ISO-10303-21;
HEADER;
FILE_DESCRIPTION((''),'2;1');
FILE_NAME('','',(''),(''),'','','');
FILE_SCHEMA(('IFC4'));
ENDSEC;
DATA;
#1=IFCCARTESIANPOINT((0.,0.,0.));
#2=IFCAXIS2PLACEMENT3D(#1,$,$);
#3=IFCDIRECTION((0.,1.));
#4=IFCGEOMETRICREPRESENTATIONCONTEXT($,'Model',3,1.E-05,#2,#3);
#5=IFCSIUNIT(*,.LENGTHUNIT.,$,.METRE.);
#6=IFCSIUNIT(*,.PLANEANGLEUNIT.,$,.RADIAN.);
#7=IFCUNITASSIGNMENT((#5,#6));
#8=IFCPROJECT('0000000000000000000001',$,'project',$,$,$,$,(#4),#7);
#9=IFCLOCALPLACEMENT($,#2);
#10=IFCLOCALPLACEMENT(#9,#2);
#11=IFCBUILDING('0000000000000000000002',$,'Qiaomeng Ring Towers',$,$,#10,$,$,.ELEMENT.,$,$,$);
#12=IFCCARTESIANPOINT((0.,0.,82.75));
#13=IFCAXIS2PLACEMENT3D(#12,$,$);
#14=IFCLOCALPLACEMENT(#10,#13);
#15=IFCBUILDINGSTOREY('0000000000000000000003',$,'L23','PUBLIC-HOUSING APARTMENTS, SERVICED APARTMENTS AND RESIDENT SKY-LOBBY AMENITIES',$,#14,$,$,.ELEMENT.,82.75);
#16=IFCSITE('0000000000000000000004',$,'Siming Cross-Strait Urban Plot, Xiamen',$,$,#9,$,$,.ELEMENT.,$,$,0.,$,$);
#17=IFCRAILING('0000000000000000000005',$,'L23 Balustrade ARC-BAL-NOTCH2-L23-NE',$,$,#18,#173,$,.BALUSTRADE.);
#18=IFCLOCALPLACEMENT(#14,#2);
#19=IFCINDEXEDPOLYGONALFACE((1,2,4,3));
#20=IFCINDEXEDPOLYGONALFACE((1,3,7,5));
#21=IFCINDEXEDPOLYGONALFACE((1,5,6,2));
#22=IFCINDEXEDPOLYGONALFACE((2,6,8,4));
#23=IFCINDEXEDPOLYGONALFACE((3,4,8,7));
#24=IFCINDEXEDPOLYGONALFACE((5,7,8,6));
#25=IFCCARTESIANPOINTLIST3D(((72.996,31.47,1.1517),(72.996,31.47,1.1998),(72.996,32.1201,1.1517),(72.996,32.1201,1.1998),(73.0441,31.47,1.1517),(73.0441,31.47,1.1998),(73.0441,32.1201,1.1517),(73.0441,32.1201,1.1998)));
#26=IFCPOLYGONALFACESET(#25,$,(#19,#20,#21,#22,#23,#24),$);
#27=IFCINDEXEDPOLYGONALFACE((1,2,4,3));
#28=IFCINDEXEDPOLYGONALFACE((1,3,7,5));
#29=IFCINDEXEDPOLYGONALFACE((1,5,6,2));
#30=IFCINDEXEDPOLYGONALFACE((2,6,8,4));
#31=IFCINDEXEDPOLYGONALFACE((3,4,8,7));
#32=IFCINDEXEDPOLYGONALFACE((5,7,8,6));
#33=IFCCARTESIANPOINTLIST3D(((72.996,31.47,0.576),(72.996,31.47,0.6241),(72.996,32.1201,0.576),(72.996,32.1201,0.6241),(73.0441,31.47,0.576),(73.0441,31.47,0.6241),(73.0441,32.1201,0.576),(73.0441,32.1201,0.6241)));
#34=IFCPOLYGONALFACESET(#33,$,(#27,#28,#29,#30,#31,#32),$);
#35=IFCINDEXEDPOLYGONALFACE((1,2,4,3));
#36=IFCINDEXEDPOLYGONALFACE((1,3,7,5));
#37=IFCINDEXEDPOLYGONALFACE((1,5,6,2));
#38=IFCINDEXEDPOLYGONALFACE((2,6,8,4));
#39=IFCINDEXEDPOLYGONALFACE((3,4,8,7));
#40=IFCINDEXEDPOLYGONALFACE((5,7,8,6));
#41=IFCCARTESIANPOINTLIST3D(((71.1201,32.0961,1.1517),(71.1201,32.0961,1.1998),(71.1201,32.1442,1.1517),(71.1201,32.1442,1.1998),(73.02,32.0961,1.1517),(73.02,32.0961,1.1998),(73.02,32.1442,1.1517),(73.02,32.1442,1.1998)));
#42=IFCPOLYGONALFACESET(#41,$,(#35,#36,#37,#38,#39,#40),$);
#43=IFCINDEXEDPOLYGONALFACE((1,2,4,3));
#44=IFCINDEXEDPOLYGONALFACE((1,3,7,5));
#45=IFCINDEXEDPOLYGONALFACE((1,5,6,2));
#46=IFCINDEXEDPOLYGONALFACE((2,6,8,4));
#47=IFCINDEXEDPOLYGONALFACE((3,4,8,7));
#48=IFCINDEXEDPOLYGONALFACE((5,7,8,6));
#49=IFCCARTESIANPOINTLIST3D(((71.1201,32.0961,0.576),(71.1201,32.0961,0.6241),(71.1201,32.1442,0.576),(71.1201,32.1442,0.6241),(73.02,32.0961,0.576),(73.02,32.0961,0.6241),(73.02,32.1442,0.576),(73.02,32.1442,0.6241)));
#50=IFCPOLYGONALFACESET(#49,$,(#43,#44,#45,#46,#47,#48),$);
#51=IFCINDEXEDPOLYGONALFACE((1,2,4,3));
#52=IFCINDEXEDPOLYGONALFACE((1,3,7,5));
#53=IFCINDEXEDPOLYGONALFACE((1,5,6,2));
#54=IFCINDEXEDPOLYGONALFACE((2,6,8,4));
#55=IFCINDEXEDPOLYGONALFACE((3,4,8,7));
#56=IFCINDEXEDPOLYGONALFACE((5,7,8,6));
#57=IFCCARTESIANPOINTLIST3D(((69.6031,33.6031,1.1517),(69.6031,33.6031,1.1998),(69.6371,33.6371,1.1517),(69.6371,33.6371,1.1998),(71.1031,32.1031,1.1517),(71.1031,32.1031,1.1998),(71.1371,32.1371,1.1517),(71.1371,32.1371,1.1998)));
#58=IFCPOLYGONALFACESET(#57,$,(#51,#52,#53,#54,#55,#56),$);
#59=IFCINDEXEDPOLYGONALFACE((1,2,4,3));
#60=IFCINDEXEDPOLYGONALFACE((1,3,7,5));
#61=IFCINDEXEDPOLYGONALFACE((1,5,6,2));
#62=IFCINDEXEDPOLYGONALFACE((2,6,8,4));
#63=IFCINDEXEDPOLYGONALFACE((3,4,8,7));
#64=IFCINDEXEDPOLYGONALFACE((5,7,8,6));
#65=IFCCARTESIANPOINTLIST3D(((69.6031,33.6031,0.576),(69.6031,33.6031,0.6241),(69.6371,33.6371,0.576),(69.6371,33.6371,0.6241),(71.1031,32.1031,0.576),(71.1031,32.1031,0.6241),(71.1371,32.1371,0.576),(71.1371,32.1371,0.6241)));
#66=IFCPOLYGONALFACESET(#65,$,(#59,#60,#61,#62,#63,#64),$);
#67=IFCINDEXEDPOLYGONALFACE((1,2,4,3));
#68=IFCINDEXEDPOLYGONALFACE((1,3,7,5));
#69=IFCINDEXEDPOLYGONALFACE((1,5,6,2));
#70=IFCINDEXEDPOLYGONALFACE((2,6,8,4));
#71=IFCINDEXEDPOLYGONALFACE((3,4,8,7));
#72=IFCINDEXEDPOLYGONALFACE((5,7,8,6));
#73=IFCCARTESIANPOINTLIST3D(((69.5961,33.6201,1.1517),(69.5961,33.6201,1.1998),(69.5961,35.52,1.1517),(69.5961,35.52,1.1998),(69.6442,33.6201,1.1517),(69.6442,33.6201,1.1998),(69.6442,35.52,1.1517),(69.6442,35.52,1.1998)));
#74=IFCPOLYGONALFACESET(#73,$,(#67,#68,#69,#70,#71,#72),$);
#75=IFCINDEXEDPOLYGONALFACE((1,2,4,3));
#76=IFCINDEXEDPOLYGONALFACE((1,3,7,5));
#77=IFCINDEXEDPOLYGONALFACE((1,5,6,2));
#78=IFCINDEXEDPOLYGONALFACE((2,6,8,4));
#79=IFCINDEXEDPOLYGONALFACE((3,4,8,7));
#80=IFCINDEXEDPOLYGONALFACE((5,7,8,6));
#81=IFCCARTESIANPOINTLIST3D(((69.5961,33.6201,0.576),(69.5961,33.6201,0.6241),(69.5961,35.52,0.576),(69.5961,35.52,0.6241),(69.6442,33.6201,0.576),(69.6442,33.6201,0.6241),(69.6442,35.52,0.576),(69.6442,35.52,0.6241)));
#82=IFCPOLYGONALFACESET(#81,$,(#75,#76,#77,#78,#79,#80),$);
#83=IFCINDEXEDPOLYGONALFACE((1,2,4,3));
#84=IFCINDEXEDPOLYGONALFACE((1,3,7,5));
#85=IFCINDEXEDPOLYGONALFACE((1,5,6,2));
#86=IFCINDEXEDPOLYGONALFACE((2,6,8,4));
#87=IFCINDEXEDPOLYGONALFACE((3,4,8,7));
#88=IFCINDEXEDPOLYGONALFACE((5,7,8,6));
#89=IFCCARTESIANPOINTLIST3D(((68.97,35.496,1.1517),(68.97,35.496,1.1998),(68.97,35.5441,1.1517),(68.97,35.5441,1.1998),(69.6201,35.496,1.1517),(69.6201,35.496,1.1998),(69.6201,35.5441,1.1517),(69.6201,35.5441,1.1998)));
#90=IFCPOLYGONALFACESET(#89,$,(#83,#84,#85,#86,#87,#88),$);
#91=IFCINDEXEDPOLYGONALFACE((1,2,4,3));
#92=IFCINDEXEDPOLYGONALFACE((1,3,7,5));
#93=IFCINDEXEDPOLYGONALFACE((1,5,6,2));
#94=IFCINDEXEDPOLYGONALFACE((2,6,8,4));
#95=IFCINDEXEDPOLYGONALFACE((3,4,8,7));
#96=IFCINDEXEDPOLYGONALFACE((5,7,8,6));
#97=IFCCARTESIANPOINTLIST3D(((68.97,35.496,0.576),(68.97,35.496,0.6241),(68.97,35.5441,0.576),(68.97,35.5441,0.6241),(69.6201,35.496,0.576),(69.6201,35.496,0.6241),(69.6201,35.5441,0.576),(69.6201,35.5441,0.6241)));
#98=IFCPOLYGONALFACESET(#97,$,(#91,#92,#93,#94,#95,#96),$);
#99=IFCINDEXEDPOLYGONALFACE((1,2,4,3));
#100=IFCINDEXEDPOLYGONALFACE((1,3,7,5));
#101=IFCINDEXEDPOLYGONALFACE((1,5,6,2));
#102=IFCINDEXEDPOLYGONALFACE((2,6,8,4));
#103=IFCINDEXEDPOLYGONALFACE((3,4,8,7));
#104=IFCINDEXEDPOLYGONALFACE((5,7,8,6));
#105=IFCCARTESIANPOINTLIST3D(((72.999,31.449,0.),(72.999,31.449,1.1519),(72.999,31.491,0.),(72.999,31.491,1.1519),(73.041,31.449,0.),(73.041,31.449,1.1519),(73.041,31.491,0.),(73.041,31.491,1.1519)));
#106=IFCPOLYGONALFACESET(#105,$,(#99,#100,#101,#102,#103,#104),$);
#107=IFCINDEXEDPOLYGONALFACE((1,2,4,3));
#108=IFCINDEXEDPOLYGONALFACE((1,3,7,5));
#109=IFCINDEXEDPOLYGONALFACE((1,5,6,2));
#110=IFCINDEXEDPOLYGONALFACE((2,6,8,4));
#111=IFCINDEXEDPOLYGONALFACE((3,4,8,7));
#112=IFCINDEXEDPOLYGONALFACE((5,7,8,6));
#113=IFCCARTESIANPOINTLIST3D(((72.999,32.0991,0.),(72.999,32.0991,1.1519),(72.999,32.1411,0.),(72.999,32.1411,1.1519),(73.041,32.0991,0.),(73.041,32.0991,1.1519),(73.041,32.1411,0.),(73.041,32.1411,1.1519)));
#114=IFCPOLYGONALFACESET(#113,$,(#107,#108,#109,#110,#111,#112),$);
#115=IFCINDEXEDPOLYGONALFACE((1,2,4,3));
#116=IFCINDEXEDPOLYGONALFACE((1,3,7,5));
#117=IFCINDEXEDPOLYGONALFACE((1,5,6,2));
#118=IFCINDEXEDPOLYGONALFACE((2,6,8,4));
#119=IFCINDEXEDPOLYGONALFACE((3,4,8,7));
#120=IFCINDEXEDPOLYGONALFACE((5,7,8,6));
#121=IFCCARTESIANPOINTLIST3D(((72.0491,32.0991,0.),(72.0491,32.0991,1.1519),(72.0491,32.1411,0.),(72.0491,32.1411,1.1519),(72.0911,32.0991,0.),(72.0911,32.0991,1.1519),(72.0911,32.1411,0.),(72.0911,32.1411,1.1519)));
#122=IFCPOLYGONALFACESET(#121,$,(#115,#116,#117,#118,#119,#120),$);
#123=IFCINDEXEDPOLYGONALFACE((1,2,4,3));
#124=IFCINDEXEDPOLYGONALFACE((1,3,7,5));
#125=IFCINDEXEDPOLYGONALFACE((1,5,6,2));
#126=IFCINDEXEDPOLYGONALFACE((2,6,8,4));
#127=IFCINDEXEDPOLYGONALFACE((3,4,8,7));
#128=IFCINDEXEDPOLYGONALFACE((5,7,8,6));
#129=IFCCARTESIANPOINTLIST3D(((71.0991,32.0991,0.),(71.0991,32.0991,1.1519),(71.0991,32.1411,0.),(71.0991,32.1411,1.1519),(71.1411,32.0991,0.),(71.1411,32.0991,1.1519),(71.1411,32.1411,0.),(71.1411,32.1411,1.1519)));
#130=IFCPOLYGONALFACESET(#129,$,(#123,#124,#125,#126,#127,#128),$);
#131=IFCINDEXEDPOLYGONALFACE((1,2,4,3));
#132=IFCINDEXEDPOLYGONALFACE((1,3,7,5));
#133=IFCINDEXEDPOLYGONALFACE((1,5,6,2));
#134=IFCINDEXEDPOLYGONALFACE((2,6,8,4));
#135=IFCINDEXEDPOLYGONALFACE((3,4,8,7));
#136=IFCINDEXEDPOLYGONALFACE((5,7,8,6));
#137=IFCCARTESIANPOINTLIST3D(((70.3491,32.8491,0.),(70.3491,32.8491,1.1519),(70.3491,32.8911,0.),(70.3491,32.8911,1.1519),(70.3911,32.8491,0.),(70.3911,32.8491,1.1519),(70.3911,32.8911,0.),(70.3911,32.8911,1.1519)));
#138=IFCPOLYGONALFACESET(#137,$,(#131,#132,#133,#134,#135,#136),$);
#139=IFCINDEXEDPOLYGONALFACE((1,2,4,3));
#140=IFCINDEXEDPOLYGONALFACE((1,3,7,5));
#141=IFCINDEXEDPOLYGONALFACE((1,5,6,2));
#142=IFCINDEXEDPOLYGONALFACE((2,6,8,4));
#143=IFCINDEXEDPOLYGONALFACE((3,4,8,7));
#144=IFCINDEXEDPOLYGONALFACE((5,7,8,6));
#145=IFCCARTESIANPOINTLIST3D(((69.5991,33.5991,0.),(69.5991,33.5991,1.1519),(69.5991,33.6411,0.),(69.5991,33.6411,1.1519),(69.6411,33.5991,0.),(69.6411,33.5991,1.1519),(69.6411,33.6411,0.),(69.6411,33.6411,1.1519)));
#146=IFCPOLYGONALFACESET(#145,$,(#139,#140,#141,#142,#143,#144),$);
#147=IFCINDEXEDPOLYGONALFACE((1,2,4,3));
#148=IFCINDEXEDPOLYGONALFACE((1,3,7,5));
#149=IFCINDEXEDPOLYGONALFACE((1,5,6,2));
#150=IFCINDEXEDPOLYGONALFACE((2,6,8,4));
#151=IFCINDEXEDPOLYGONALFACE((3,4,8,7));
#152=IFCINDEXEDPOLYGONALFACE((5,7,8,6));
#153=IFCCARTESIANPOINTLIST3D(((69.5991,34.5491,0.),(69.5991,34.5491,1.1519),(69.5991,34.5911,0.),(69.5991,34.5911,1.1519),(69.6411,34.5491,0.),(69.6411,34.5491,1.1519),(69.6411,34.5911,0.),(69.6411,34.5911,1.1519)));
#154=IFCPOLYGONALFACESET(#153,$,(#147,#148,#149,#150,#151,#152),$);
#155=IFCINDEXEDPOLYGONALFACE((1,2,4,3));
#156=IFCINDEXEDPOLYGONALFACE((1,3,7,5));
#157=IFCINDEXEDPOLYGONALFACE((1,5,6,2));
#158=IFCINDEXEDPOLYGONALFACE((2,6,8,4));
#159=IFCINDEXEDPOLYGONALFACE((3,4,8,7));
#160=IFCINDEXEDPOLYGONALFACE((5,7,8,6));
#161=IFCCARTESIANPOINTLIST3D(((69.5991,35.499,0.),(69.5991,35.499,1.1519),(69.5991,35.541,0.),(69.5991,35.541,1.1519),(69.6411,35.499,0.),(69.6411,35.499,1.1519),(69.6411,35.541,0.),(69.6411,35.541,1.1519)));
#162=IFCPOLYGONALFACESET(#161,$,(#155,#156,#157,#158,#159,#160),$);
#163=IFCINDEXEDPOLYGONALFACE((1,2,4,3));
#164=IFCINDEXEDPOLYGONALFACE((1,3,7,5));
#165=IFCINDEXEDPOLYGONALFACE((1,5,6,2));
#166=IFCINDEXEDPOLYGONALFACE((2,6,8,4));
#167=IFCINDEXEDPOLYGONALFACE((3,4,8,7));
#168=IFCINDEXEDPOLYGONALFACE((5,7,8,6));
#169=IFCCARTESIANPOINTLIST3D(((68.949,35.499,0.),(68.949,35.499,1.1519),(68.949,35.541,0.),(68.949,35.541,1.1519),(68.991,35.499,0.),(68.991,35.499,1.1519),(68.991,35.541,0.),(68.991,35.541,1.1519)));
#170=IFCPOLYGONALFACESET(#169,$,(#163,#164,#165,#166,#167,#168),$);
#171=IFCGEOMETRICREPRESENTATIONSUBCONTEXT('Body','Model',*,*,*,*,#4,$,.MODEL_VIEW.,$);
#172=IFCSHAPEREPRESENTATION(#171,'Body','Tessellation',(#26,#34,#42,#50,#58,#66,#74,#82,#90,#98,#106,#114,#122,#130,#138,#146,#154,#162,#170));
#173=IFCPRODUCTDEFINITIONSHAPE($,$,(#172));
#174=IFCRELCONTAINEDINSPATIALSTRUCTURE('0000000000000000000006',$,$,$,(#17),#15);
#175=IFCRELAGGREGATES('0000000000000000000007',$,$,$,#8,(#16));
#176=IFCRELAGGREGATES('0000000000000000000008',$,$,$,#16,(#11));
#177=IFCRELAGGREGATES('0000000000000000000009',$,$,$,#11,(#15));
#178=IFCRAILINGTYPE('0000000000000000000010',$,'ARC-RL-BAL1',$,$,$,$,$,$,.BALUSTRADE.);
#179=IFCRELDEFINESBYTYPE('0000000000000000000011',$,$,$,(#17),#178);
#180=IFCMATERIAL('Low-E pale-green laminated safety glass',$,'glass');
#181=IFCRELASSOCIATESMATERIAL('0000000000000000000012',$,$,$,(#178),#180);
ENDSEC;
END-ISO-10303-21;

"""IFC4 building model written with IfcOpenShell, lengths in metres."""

from ifc_helpers import new_model, si_unit, direction, frame, origin, origin_2d, place, context, subcontext, project, spatial, rectangle, extrude, material, type_object, element, save


model = new_model("IFC4")

# Units and contexts
model_context = context("Model", 3, precision=1e-05, world=origin(), true_north=direction((0.0, 1.0)))
body_context = subcontext(model_context, "Body", "Model", "MODEL_VIEW")
ifc_project = project(units=[si_unit("LENGTHUNIT", "METRE"), si_unit("PLANEANGLEUNIT", "RADIAN")], contexts=[model_context])

# Site, building, storey
site_placement = place(None, origin())
site = spatial("IfcSite", under=ifc_project, at=site_placement, Name="Siming Cross-Strait Urban Plot, Xiamen", CompositionType="ELEMENT", RefElevation=0.0)
building_placement = place(site_placement, origin())
building = spatial("IfcBuilding", under=site, at=building_placement, Name="Qiaomeng Ring Towers", CompositionType="ELEMENT")
storey_placement = place(building_placement, frame((0.0, 0.0, 82.75)))
storey = spatial("IfcBuildingStorey", under=building, at=storey_placement, Name="L23", Description="PUBLIC-HOUSING APARTMENTS, SERVICED APARTMENTS AND RESIDENT SKY-LOBBY AMENITIES", CompositionType="ELEMENT", Elevation=82.75)

# Railing
ifc_material_1 = material(Name="Low-E pale-green laminated safety glass", Category="glass")
railing_type = type_object("IfcRailingType", Name="ARC-RL-BAL1", PredefinedType="BALUSTRADE", material=ifc_material_1)
railing_1_placement = place(storey_placement, frame((73.02, 31.47, 0.0)))
element("IfcRailing", 1, at=railing_1_placement, inside=storey, type_object=railing_type, Name="L23 Balustrade ARC-BAL-NOTCH2-L23-NE", PredefinedType="BALUSTRADE", context=body_context, shape_type="SweptSolid", body=[
    extrude(rectangle(XDim=0.0481, YDim=0.0481, at=origin_2d()), frame((0.0, 0.0, 1.1758), z_axis=(0.0, 1.0, 0.0), x_axis=(-1.0, 0.0, 0.0)), (0.0, 0.0, 1.0), 0.6501),
    extrude(rectangle(XDim=0.0481, YDim=0.0481, at=origin_2d()), frame((0.0, 0.0, 0.6001), z_axis=(0.0, 1.0, 0.0), x_axis=(-1.0, 0.0, 0.0)), (0.0, 0.0, 1.0), 0.6501),
    extrude(rectangle(XDim=0.0481, YDim=0.0481, at=origin_2d()), frame((0.0, 0.6501, 1.1758), z_axis=(-1.0, 0.0, 0.0), x_axis=(0.0, -1.0, 0.0)), (0.0, 0.0, 1.0), 1.8999),
    extrude(rectangle(XDim=0.0481, YDim=0.0481, at=origin_2d()), frame((0.0, 0.6501, 0.6001), z_axis=(-1.0, 0.0, 0.0), x_axis=(0.0, -1.0, 0.0)), (0.0, 0.0, 1.0), 1.8999),
    extrude(rectangle(XDim=0.0481, YDim=0.0481, at=origin_2d()), frame((-1.8999, 0.6501, 1.1758), z_axis=(-0.707107, 0.707107, 0.0), x_axis=(-0.707107, -0.707107, 0.0)), (0.0, 0.0, 1.0), 2.1213),
    extrude(rectangle(XDim=0.0481, YDim=0.0481, at=origin_2d()), frame((-1.8999, 0.6501, 0.6001), z_axis=(-0.707107, 0.707107, 0.0), x_axis=(-0.707107, -0.707107, 0.0)), (0.0, 0.0, 1.0), 2.1213),
    extrude(rectangle(XDim=0.0481, YDim=0.0481, at=origin_2d()), frame((-3.3999, 2.1501, 1.1758), z_axis=(0.0, 1.0, 0.0), x_axis=(-1.0, 0.0, 0.0)), (0.0, 0.0, 1.0), 1.8999),
    extrude(rectangle(XDim=0.0481, YDim=0.0481, at=origin_2d()), frame((-3.3999, 2.1501, 0.6001), z_axis=(0.0, 1.0, 0.0), x_axis=(-1.0, 0.0, 0.0)), (0.0, 0.0, 1.0), 1.8999),
    extrude(rectangle(XDim=0.0481, YDim=0.0481, at=origin_2d()), frame((-3.3999, 4.05, 1.1758), z_axis=(-1.0, 0.0, 0.0), x_axis=(0.0, -1.0, 0.0)), (0.0, 0.0, 1.0), 0.6501),
    extrude(rectangle(XDim=0.0481, YDim=0.0481, at=origin_2d()), frame((-3.3999, 4.05, 0.6001), z_axis=(-1.0, 0.0, 0.0), x_axis=(0.0, -1.0, 0.0)), (0.0, 0.0, 1.0), 0.6501),
    extrude(rectangle(XDim=0.042, YDim=0.042, at=origin_2d()), origin(), (0.0, 0.0, 1.0), 1.1519),
    extrude(rectangle(XDim=0.042, YDim=0.042, at=origin_2d()), frame((0.0, 0.6501, 0.0)), (0.0, 0.0, 1.0), 1.1519),
    extrude(rectangle(XDim=0.042, YDim=0.042, at=origin_2d()), frame((-0.95, 0.6501, 0.0)), (0.0, 0.0, 1.0), 1.1519),
    extrude(rectangle(XDim=0.042, YDim=0.042, at=origin_2d()), frame((-1.8999, 0.6501, 0.0)), (0.0, 0.0, 1.0), 1.1519),
    extrude(rectangle(XDim=0.042, YDim=0.042, at=origin_2d()), frame((-2.6499, 1.4001, 0.0)), (0.0, 0.0, 1.0), 1.1519),
    extrude(rectangle(XDim=0.042, YDim=0.042, at=origin_2d()), frame((-3.3999, 2.1501, 0.0)), (0.0, 0.0, 1.0), 1.1519),
    extrude(rectangle(XDim=0.042, YDim=0.042, at=origin_2d()), frame((-3.3999, 3.1001, 0.0)), (0.0, 0.0, 1.0), 1.1519),
    extrude(rectangle(XDim=0.042, YDim=0.042, at=origin_2d()), frame((-3.3999, 4.05, 0.0)), (0.0, 0.0, 1.0), 1.1519),
    extrude(rectangle(XDim=0.042, YDim=0.042, at=origin_2d()), frame((-4.05, 4.05, 0.0)), (0.0, 0.0, 1.0), 1.1519),
])

save(model, "model.ifc")
